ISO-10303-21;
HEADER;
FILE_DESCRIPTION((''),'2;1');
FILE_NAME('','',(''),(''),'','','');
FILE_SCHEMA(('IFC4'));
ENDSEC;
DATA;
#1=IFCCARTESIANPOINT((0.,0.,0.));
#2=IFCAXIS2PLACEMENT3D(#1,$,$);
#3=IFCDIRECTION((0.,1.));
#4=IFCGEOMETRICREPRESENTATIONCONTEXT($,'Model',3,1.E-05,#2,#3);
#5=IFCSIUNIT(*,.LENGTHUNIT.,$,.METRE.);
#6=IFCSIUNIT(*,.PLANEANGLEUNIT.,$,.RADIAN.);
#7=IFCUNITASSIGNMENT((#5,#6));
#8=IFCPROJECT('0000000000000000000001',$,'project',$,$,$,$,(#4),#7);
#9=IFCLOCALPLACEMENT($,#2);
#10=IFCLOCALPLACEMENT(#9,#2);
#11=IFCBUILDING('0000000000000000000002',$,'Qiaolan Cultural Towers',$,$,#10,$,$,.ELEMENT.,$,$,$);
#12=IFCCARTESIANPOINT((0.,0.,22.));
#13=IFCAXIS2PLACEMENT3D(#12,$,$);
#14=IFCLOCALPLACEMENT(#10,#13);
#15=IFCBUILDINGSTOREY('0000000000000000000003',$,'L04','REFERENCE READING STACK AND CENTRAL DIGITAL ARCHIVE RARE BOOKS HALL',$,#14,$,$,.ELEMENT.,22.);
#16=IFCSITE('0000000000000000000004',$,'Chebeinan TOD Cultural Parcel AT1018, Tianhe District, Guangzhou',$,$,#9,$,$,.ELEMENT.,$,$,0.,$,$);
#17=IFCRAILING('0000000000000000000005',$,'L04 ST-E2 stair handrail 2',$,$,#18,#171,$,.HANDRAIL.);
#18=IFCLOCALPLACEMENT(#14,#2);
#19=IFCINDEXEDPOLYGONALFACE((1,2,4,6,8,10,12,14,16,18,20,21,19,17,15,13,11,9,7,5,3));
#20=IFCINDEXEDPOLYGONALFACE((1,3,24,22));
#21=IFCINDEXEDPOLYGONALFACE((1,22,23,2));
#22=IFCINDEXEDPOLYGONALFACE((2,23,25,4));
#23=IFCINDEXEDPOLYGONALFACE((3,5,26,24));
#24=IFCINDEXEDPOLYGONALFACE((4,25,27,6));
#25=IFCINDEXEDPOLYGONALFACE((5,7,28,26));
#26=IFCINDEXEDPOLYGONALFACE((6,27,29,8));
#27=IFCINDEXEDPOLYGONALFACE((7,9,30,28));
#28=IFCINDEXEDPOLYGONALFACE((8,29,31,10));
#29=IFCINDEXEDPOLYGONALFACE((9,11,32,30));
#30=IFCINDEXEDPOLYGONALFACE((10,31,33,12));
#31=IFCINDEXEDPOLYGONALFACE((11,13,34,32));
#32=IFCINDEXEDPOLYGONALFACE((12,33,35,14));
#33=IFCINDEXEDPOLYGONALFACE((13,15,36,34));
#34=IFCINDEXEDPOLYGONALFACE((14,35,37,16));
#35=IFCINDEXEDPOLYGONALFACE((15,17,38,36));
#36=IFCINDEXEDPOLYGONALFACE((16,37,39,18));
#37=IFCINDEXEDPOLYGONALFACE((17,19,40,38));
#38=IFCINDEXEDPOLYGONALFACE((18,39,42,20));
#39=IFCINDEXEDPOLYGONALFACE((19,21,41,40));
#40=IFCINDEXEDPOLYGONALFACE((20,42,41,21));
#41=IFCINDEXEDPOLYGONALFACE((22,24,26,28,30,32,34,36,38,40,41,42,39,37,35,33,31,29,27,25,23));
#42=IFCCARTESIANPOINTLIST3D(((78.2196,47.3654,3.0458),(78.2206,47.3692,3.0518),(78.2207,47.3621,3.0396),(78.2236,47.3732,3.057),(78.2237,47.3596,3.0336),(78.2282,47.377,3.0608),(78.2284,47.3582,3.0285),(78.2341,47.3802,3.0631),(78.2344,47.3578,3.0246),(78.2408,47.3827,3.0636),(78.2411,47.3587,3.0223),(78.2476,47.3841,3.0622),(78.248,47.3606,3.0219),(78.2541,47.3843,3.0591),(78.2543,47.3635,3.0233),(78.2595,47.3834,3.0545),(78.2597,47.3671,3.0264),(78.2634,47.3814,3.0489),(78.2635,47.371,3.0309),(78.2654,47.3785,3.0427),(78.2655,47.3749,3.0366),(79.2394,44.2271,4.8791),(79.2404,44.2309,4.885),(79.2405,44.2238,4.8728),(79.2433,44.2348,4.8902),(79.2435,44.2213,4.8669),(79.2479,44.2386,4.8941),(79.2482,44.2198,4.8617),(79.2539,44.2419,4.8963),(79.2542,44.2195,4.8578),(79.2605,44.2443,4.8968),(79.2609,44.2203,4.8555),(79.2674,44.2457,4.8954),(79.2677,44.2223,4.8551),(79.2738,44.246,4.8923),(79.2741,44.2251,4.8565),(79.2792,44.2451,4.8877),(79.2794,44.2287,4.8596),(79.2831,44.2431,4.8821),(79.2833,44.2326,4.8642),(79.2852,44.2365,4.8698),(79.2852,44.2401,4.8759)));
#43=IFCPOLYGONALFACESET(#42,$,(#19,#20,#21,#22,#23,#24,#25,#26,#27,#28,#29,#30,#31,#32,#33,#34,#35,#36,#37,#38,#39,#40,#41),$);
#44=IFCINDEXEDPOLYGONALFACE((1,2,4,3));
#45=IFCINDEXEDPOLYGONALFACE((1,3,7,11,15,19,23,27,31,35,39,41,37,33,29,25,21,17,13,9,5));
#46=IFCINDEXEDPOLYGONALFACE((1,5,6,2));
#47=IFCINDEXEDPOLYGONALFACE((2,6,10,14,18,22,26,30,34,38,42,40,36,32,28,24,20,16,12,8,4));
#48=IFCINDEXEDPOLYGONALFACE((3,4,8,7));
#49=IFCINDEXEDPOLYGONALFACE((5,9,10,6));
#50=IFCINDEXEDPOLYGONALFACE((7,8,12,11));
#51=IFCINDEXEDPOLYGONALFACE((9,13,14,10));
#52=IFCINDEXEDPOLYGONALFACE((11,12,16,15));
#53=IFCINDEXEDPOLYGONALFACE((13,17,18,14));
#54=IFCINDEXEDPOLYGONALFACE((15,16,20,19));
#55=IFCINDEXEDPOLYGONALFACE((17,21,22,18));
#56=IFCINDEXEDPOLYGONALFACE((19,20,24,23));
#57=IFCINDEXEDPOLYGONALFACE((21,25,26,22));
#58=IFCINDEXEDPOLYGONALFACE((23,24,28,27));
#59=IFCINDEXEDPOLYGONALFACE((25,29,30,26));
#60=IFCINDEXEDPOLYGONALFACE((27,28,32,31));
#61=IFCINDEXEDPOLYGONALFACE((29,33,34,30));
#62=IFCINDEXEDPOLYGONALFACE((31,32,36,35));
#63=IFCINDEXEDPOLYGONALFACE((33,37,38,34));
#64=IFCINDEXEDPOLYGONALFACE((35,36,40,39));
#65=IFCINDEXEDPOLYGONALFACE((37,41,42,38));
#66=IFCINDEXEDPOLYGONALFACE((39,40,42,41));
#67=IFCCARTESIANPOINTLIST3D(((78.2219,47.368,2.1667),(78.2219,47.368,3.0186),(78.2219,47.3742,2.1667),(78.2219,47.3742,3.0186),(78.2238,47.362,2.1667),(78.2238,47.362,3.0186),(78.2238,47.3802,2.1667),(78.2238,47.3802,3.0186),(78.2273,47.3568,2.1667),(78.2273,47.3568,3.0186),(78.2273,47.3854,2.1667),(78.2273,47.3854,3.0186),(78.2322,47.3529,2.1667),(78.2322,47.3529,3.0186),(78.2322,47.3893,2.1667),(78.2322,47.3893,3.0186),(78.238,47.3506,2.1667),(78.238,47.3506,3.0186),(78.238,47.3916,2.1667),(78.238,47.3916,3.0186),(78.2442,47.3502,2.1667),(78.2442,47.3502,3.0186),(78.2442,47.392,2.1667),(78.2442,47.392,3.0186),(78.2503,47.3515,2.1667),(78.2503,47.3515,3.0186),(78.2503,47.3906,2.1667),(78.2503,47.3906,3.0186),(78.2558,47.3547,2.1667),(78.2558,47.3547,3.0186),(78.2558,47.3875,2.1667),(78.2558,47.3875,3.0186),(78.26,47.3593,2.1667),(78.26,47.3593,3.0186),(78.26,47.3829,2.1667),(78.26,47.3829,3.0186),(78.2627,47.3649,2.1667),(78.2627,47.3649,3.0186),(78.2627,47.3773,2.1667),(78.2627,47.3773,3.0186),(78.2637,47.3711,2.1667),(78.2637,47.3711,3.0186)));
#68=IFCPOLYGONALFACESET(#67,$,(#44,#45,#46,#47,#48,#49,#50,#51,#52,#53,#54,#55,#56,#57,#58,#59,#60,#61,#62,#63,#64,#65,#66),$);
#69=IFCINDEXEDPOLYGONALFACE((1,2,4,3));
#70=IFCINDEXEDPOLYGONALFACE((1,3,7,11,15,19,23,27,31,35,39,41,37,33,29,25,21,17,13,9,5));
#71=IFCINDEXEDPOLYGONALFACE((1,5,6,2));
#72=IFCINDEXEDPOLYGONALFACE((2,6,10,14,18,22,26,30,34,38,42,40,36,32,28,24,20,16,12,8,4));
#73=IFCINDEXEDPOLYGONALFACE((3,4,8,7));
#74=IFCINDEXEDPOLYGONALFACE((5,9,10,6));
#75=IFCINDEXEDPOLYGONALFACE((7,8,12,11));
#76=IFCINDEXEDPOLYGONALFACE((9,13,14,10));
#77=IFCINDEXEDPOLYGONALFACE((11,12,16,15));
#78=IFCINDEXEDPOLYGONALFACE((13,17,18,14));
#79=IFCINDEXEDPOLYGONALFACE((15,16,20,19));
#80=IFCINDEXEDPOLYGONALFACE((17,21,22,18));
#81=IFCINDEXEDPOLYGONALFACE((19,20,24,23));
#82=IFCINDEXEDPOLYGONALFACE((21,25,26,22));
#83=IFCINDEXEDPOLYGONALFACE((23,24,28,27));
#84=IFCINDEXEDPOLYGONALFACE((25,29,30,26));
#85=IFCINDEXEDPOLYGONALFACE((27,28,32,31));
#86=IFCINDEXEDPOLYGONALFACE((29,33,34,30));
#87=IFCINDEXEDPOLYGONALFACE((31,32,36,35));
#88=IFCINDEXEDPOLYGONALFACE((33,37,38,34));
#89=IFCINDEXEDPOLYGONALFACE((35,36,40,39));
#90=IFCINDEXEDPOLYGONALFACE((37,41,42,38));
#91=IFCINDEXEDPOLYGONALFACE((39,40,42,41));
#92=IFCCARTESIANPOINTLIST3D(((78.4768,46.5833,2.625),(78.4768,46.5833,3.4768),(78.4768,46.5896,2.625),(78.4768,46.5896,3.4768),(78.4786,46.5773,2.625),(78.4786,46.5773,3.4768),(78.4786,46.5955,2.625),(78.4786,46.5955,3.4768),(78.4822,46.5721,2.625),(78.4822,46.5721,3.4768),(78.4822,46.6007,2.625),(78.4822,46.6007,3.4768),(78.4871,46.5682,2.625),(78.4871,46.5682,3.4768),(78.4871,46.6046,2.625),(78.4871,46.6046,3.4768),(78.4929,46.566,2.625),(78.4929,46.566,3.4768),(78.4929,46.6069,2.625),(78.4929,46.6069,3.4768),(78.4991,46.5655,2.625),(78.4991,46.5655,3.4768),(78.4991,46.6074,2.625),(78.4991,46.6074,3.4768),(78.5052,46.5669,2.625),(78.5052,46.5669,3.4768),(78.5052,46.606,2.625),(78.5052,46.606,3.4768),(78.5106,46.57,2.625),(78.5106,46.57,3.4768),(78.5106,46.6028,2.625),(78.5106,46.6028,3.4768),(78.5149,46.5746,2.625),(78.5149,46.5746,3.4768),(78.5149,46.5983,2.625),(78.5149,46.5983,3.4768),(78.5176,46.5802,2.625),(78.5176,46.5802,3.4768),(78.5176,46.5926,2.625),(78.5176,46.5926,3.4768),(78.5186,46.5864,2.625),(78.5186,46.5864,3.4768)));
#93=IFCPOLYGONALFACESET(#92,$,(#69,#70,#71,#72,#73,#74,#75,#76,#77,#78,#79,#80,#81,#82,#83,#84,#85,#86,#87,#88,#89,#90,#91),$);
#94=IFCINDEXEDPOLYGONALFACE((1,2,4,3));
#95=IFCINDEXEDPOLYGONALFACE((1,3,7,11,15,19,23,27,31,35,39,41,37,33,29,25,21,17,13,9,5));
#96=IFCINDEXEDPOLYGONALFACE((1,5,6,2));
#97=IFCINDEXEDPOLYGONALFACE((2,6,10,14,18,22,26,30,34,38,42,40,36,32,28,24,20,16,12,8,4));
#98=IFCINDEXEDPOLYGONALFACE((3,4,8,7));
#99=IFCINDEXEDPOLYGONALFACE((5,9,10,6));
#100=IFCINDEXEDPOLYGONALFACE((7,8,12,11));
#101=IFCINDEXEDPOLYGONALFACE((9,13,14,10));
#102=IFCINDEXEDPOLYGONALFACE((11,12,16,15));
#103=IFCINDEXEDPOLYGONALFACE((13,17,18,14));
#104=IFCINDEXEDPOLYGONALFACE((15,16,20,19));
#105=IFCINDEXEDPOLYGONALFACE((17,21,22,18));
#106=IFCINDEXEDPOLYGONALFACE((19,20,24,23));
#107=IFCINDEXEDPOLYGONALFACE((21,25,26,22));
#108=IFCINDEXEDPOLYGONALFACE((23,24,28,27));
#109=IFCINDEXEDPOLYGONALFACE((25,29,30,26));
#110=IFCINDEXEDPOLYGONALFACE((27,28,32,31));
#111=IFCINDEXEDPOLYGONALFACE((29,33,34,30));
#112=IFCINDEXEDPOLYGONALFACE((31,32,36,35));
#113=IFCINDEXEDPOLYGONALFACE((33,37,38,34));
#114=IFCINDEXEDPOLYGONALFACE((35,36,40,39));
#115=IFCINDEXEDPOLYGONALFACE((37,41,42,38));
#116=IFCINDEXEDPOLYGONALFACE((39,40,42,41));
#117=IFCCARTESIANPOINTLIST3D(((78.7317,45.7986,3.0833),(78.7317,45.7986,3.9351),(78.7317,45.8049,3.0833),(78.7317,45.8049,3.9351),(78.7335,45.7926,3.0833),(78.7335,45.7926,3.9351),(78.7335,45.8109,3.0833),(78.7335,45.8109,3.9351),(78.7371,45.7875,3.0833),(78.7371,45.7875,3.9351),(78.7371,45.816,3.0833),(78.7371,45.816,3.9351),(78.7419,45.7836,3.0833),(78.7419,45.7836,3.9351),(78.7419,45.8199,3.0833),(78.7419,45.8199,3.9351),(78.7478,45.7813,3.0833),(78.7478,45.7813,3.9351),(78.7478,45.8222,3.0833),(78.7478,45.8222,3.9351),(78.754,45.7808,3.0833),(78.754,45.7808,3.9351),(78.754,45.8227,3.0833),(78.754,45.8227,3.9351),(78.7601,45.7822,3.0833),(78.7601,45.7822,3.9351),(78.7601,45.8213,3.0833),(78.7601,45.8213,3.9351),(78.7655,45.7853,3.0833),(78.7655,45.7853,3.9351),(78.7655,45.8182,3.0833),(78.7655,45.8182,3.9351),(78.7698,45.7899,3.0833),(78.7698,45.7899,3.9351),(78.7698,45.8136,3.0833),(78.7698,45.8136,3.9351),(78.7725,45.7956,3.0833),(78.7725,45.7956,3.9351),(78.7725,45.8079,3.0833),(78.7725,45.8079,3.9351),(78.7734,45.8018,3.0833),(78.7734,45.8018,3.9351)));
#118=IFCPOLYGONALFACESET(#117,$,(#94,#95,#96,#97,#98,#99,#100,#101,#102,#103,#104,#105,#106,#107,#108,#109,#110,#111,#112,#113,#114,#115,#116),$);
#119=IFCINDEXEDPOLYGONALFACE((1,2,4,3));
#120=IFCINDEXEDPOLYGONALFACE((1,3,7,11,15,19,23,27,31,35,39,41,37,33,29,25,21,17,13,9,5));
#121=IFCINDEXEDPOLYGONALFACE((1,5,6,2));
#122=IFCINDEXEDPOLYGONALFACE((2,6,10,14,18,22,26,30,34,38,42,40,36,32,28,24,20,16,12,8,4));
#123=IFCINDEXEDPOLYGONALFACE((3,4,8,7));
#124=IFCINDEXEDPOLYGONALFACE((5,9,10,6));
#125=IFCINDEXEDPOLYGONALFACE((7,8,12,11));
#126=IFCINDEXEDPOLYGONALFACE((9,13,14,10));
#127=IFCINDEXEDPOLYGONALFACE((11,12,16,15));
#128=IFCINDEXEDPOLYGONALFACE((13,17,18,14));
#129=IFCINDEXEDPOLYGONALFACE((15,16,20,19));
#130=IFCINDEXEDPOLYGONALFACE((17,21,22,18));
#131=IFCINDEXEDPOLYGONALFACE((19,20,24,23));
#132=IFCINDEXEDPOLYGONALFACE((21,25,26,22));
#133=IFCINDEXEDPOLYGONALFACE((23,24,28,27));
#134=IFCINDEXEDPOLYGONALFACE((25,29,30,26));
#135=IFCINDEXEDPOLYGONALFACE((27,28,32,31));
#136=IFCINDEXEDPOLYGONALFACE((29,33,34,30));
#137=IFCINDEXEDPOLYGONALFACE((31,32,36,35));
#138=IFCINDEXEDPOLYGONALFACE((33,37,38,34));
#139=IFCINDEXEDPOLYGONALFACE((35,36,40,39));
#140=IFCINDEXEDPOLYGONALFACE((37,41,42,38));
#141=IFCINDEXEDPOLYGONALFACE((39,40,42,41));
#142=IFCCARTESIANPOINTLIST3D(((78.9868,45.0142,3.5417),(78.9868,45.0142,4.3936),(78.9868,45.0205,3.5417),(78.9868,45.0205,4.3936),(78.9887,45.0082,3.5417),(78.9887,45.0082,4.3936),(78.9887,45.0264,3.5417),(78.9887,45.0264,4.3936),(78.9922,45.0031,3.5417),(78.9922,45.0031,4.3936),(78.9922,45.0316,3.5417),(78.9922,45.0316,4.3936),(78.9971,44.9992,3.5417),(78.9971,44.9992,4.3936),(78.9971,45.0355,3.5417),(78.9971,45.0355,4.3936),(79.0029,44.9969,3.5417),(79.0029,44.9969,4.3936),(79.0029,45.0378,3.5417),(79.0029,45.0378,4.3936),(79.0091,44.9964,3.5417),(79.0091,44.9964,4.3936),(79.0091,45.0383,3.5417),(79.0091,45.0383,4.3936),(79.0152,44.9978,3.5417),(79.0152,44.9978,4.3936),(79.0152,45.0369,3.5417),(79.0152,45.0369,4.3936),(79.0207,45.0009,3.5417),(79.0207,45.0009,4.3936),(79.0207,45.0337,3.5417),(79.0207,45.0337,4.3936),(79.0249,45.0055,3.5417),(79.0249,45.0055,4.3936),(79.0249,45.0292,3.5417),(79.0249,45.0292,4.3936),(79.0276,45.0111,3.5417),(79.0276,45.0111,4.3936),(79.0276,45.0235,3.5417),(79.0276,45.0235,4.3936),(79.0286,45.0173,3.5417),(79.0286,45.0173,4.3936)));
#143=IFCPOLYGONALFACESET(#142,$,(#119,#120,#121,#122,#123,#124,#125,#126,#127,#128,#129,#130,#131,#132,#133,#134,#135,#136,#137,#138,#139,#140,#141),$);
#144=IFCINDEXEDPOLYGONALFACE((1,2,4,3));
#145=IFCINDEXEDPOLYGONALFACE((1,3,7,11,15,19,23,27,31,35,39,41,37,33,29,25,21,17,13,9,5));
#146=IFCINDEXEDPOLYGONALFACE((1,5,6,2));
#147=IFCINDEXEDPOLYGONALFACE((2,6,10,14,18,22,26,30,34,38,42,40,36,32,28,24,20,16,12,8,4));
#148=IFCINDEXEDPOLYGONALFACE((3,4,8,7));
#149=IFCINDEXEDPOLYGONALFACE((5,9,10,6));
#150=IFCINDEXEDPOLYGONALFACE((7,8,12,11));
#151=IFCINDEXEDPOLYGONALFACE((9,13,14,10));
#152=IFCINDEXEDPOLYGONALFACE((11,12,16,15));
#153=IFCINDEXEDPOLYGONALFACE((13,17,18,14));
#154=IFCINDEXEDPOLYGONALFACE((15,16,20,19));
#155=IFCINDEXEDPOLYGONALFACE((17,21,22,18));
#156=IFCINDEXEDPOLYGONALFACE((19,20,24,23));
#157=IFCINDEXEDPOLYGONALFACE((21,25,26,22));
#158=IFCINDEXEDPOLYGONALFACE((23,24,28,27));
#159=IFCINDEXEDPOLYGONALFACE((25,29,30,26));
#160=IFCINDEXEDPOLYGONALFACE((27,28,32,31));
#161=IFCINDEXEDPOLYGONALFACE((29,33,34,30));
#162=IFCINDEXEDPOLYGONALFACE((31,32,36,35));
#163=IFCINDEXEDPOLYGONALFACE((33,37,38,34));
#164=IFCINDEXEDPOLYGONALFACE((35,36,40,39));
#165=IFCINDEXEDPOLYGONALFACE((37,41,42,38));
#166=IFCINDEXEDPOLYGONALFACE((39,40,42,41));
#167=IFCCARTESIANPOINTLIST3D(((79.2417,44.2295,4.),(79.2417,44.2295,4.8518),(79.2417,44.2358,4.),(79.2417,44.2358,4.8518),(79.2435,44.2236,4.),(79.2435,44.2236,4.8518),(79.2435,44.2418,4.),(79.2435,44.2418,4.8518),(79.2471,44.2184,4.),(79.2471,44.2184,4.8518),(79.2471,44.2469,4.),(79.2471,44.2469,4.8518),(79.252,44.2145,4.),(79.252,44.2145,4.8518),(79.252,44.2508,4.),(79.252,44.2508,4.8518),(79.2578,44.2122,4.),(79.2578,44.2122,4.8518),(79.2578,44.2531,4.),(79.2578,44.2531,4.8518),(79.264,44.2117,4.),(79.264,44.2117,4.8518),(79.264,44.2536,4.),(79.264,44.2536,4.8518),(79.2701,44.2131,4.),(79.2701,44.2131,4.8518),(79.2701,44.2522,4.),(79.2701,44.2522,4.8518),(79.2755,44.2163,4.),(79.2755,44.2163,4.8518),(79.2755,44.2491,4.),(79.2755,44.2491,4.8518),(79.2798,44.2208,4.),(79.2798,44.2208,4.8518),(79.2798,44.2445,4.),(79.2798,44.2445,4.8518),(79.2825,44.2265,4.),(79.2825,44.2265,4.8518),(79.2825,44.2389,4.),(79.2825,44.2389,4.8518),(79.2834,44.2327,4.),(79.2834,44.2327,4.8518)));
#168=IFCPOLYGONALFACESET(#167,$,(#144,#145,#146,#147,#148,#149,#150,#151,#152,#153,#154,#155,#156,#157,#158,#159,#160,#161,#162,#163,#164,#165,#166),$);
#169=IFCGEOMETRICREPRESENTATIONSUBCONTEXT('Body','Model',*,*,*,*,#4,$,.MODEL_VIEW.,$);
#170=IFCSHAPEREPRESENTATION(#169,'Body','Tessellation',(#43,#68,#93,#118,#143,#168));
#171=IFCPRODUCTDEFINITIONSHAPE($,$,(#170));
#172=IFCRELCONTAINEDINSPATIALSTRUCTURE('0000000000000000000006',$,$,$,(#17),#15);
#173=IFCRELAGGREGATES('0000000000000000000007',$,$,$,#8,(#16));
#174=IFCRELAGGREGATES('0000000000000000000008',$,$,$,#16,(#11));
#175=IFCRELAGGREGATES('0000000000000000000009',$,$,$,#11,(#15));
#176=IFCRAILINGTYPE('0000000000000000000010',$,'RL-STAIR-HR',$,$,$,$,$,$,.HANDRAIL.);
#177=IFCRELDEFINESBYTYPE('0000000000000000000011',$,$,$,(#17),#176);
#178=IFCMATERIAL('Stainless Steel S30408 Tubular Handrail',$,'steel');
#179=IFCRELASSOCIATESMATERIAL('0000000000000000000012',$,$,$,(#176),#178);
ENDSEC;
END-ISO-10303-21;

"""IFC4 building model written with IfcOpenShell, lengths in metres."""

from ifc_helpers import new_model, si_unit, direction, frame, origin, origin_2d, place, context, subcontext, project, spatial, circle, extrude, material, type_object, element, save


model = new_model("IFC4")

# Units and contexts
model_context = context("Model", 3, precision=1e-05, world=origin(), true_north=direction((0.0, 1.0)))
body_context = subcontext(model_context, "Body", "Model", "MODEL_VIEW")
ifc_project = project(units=[si_unit("LENGTHUNIT", "METRE"), si_unit("PLANEANGLEUNIT", "RADIAN")], contexts=[model_context])

# Site, building, storey
site_placement = place(None, origin())
site = spatial("IfcSite", under=ifc_project, at=site_placement, Name="Chebeinan TOD Cultural Parcel AT1018, Tianhe District, Guangzhou", CompositionType="ELEMENT", RefElevation=0.0)
building_placement = place(site_placement, origin())
building = spatial("IfcBuilding", under=site, at=building_placement, Name="Qiaolan Cultural Towers", CompositionType="ELEMENT")
storey_placement = place(building_placement, frame((0.0, 0.0, 22.0)))
storey = spatial("IfcBuildingStorey", under=building, at=storey_placement, Name="L04", Description="REFERENCE READING STACK AND CENTRAL DIGITAL ARCHIVE RARE BOOKS HALL", CompositionType="ELEMENT", Elevation=22.0)

# Railing
ifc_material_1 = material(Name="Stainless Steel S30408 Tubular Handrail", Category="steel")
railing_type_1 = type_object("IfcRailingType", Name="RL-STAIR-HR", PredefinedType="HANDRAIL", material=ifc_material_1)
railing_1_placement = place(storey_placement, frame((78.2427, 47.3711, 2.1667)))
element("IfcRailing", 1, at=railing_1_placement, inside=storey, type_object=railing_type_1, Name="L04 ST-E2 stair handrail 2", PredefinedType="HANDRAIL", context=body_context, shape_type="SweptSolid", body=[
    extrude(circle(Radius=0.0239, at=origin_2d()), frame((0.0, 0.0, 0.876), z_axis=(0.270141, -0.831376, 0.485632), x_axis=(0.951053, 0.309028, 0.0)), (0.0, 0.0, 1.0), 3.7749),
    extrude(circle(Radius=0.021, at=origin_2d()), origin(), (0.0, 0.0, 1.0), 0.8518),
    extrude(circle(Radius=0.021, at=origin_2d()), frame((0.2549, -0.7847, 0.4583)), (0.0, 0.0, 1.0), 0.8518),
    extrude(circle(Radius=0.021, at=origin_2d()), frame((0.5098, -1.5693, 0.9165)), (0.0, 0.0, 1.0), 0.8518),
    extrude(circle(Radius=0.021, at=origin_2d()), frame((0.7649, -2.3538, 1.375)), (0.0, 0.0, 1.0), 0.8518),
    extrude(circle(Radius=0.021, at=origin_2d()), frame((1.0198, -3.1384, 1.8333)), (0.0, 0.0, 1.0), 0.8518),
])

save(model, "model.ifc")
